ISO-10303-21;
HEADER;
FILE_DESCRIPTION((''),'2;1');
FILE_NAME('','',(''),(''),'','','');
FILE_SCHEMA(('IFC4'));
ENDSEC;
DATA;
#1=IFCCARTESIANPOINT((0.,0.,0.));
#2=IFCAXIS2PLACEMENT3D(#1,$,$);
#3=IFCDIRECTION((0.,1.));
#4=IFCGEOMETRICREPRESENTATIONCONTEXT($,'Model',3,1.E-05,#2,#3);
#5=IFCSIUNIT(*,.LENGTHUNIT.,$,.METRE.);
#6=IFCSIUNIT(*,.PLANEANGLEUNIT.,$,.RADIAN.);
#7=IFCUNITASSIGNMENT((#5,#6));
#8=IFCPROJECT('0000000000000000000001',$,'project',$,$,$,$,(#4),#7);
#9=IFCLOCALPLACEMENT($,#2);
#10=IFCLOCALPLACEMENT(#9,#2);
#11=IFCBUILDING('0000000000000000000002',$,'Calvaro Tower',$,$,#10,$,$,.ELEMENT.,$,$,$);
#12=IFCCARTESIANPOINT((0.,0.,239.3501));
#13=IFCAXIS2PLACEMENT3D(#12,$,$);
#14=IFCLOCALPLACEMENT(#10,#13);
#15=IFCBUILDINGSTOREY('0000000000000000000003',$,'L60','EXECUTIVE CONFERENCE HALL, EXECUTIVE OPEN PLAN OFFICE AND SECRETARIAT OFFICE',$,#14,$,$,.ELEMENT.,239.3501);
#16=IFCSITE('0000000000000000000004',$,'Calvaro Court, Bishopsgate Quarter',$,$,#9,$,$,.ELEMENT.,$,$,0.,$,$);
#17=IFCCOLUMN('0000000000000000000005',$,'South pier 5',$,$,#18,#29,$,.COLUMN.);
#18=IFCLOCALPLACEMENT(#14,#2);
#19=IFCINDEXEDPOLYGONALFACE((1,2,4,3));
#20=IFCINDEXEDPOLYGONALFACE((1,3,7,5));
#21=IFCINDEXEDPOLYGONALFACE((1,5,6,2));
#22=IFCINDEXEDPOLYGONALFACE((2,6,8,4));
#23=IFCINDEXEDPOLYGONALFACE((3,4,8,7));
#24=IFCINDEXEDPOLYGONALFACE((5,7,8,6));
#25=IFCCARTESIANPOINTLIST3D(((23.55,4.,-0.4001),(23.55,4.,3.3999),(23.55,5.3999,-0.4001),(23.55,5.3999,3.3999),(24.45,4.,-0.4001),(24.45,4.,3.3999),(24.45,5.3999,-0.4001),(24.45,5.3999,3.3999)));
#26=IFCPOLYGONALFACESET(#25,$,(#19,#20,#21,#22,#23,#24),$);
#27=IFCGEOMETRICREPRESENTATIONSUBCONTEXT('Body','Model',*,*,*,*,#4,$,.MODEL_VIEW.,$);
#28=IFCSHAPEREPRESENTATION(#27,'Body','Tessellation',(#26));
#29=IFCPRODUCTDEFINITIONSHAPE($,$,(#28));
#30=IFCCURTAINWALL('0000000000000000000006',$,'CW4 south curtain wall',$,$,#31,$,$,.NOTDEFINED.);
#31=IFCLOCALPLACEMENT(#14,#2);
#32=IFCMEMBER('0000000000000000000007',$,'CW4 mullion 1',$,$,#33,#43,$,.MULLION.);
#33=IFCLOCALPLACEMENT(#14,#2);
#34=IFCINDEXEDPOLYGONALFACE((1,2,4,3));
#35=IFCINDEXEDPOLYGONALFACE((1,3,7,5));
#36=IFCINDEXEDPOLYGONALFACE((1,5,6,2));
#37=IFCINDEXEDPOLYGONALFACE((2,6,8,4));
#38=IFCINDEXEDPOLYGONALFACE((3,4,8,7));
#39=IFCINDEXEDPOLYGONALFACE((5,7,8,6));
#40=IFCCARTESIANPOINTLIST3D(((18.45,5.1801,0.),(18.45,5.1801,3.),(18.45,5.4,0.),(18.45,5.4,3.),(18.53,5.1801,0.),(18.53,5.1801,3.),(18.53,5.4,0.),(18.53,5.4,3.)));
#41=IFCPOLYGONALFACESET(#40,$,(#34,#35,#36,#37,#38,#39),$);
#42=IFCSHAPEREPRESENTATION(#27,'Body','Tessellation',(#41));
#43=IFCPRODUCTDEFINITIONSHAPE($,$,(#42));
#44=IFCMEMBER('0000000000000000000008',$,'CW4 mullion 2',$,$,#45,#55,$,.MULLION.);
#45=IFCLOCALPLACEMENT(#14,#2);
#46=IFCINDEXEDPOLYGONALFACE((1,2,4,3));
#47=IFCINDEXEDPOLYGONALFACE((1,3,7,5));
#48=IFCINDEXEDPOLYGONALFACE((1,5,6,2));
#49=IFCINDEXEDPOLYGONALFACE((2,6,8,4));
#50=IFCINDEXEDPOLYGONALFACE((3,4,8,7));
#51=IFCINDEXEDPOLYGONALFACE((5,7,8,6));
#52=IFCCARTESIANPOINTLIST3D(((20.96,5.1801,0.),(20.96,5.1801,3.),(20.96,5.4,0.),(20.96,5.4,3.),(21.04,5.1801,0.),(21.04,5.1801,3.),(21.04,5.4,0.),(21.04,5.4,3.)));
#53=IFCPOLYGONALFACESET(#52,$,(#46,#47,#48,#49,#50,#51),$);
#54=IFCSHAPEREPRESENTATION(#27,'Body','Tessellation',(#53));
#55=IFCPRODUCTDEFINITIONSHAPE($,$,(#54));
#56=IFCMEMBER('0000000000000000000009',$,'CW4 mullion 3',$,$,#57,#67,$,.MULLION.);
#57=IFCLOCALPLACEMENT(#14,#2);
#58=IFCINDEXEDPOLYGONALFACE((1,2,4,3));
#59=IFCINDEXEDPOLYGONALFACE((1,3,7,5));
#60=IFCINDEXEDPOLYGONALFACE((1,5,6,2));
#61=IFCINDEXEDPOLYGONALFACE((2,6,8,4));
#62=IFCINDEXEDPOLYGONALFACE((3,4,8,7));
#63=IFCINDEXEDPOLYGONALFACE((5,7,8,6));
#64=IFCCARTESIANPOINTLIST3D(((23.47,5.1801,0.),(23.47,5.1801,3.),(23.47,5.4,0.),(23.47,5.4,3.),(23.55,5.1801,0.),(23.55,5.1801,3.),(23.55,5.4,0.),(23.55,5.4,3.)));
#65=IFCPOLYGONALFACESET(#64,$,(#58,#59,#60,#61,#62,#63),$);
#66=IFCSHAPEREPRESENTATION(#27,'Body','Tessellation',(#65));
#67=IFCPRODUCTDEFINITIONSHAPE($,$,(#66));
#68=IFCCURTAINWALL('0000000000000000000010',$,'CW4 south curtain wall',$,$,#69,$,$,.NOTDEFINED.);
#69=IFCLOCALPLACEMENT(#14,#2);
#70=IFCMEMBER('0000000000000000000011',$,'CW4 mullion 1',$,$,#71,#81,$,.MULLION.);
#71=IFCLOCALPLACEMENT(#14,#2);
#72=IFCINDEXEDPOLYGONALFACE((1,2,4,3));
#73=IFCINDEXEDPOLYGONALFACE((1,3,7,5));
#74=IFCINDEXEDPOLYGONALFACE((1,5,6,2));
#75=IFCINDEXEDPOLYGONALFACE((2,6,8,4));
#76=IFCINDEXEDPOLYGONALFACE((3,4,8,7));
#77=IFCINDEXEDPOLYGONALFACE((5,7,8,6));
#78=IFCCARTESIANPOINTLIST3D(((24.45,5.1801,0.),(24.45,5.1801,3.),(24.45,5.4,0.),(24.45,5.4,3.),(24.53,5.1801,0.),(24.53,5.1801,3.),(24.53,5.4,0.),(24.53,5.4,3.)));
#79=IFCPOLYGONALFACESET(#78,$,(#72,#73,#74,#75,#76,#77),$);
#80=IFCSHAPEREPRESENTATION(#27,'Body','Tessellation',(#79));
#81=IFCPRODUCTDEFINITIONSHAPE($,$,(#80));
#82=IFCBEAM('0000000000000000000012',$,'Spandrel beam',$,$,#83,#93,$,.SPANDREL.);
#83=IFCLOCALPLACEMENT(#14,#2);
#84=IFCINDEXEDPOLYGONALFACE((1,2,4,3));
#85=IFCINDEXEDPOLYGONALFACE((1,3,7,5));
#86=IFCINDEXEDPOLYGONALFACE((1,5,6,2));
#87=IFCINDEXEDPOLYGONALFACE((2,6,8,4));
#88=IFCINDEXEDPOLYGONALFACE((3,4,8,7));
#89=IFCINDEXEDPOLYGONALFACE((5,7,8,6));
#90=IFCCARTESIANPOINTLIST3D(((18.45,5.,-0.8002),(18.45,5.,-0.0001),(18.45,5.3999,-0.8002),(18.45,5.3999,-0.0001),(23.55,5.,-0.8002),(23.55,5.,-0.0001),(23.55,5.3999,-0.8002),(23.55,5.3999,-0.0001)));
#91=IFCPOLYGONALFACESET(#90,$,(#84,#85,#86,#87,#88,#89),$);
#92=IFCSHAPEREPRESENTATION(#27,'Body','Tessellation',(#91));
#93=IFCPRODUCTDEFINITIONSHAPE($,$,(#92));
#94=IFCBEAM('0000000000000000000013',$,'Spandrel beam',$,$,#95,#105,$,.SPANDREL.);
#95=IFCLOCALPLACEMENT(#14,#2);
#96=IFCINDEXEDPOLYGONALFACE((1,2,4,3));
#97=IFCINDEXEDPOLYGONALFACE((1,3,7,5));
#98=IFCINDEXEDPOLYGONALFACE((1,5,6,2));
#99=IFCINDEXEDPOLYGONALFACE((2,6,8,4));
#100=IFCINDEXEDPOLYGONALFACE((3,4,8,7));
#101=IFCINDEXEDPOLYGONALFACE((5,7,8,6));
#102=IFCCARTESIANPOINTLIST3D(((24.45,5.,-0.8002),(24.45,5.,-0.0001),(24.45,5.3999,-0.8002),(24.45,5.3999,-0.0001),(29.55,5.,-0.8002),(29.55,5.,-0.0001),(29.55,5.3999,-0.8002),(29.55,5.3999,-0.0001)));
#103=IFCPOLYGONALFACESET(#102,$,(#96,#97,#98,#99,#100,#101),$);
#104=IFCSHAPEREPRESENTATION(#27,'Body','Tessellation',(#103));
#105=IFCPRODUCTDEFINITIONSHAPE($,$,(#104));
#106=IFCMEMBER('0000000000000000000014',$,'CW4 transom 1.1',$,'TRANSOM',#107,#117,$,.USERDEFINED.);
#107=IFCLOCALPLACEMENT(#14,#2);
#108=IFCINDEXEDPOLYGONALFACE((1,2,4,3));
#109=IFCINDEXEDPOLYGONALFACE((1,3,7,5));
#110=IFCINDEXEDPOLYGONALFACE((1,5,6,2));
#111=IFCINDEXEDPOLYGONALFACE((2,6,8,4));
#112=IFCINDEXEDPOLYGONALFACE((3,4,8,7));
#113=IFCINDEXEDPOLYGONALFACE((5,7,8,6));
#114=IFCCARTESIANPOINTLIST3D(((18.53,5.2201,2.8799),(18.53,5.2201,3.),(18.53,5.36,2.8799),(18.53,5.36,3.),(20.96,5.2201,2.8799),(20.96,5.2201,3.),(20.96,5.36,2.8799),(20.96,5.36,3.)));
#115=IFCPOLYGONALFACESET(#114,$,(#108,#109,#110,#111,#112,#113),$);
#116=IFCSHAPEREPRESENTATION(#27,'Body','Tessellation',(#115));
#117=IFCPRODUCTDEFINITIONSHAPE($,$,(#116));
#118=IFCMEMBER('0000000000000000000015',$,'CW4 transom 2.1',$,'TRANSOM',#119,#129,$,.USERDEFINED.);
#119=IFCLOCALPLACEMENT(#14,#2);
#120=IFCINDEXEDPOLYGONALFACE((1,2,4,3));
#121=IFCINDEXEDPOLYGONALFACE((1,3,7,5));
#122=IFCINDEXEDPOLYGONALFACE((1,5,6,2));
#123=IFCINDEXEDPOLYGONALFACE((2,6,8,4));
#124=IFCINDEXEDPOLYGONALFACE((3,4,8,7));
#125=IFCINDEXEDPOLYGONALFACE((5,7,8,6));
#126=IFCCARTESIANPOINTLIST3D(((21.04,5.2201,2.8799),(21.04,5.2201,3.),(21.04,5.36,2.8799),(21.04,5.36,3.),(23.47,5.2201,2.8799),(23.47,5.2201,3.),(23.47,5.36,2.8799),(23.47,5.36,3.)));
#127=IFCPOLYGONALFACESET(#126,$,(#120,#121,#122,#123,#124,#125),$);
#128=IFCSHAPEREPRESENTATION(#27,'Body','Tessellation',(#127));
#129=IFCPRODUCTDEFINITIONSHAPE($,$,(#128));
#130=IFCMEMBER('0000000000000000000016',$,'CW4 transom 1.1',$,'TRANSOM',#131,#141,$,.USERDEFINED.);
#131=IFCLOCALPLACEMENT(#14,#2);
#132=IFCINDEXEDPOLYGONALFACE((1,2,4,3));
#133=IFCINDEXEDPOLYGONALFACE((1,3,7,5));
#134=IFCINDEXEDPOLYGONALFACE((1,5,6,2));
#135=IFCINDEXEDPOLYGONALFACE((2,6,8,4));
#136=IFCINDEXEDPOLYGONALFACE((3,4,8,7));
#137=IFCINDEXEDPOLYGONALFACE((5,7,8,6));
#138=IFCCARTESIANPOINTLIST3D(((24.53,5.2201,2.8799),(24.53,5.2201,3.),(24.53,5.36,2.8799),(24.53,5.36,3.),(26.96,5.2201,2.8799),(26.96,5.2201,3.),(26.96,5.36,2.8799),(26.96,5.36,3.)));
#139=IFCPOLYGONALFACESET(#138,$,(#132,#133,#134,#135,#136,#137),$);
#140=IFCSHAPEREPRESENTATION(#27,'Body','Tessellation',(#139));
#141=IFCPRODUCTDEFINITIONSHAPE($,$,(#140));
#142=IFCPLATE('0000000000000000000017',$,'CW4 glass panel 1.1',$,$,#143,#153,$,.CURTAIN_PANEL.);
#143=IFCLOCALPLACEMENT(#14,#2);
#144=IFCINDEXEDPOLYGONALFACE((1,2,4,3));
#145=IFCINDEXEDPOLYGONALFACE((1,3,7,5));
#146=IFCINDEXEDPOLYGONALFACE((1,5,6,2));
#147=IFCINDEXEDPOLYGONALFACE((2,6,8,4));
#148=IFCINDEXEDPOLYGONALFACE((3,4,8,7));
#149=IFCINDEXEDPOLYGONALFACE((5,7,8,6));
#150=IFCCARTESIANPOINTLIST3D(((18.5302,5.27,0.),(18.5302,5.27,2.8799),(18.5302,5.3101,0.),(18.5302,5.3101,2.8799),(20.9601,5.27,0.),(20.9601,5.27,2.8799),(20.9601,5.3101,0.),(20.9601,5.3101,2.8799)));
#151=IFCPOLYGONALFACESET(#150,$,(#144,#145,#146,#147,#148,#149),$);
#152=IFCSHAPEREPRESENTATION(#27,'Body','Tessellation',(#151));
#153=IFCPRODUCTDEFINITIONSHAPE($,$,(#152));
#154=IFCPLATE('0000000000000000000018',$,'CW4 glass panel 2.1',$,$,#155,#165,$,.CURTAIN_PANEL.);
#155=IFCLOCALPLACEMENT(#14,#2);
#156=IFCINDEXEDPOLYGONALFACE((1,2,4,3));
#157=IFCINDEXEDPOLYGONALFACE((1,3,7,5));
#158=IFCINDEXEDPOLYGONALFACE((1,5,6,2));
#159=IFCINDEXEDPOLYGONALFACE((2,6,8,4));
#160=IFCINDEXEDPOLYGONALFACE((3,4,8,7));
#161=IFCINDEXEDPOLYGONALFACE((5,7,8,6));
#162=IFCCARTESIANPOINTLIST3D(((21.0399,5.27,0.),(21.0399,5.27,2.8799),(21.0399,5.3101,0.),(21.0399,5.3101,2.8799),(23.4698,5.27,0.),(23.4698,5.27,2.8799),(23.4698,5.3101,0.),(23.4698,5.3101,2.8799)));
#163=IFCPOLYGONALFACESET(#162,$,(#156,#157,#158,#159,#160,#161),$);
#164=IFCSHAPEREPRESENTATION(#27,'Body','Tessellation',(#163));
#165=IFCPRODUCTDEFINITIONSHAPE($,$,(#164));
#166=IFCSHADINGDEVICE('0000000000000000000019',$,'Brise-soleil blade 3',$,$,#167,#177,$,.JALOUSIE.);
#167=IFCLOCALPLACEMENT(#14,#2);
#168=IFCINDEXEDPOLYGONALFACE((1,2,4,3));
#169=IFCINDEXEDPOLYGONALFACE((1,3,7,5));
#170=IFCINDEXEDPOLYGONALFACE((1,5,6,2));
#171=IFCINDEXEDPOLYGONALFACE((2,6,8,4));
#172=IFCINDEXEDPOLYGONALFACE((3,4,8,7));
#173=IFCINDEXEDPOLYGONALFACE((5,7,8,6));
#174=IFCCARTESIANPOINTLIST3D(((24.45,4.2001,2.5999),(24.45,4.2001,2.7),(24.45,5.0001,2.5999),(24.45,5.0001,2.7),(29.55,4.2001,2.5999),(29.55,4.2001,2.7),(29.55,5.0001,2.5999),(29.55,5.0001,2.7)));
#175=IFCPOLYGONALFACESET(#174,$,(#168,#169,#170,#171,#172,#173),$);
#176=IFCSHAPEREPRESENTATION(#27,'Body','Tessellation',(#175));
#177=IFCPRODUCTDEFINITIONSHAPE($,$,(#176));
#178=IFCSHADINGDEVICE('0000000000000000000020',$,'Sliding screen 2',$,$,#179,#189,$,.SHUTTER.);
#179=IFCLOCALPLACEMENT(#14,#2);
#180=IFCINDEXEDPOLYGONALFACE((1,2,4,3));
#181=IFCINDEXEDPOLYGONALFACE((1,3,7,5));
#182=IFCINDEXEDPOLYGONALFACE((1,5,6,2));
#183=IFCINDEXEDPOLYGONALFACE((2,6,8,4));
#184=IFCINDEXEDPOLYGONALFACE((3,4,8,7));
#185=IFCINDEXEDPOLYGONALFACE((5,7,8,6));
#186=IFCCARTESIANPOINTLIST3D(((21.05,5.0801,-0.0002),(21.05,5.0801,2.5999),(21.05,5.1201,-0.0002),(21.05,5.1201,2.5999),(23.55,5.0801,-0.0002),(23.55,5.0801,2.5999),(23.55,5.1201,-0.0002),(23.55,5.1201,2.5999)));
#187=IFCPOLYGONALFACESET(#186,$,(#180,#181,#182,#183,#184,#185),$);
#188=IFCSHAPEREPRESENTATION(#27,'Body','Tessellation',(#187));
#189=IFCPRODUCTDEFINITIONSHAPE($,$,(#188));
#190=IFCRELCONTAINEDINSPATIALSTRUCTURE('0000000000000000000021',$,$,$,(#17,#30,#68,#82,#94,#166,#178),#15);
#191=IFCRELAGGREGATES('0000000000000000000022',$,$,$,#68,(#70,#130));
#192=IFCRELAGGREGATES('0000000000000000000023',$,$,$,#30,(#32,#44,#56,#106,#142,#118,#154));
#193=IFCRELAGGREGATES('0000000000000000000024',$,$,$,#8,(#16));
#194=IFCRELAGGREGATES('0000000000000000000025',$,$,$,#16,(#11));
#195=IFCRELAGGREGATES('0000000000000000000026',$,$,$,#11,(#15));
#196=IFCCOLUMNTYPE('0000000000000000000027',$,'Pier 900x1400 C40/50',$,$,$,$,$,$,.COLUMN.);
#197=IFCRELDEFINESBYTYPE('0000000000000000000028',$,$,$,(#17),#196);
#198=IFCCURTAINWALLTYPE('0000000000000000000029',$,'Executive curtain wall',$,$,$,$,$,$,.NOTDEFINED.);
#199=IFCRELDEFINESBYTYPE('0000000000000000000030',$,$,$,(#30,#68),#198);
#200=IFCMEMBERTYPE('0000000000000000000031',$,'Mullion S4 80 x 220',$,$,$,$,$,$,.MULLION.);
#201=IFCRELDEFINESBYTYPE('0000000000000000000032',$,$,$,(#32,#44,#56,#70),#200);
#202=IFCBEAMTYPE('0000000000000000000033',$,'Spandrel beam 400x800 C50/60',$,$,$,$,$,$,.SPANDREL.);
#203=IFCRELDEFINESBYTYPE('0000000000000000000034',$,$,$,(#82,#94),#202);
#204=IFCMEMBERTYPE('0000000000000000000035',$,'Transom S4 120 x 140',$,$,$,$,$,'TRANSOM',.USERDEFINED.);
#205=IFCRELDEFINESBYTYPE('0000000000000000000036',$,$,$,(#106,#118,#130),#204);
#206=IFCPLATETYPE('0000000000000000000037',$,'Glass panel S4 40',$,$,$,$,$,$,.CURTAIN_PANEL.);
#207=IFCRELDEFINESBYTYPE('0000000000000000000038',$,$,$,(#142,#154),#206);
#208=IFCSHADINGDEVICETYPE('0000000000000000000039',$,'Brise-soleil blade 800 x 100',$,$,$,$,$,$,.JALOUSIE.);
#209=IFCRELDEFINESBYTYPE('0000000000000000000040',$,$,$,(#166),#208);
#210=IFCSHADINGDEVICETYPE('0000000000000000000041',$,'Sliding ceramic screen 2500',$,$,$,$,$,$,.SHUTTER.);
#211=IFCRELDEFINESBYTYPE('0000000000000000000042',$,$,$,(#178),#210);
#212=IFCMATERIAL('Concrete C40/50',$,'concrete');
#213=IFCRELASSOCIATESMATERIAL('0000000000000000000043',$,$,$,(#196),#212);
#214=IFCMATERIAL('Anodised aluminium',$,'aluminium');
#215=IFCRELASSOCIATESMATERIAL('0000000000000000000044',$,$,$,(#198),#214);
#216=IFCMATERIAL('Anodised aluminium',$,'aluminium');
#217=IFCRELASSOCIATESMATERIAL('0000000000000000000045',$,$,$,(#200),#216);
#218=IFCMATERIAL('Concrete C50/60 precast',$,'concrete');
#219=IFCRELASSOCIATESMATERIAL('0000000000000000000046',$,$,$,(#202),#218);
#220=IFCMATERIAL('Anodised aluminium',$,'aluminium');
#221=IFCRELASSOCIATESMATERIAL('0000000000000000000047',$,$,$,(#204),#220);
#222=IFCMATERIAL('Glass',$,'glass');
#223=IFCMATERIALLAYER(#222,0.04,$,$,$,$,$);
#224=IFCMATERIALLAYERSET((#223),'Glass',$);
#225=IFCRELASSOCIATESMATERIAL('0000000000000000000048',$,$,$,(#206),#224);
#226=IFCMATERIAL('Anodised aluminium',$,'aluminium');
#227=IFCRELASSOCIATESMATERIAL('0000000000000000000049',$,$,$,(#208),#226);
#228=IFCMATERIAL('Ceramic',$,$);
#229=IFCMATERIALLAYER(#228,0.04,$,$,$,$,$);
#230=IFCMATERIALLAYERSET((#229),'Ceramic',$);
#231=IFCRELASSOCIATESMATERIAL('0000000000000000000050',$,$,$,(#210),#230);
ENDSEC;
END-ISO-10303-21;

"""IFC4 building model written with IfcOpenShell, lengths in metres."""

from ifc_helpers import new_model, si_unit, direction, frame, origin, origin_2d, place, context, subcontext, project, spatial, rectangle, extrude, material, layer, layer_set, material_profile, profile_set, type_object, element, aggregate, save


model = new_model("IFC4")

# Units and contexts
model_context = context("Model", 3, precision=1e-05, world=origin(), true_north=direction((0.0, 1.0)))
body_context = subcontext(model_context, "Body", "Model", "MODEL_VIEW")
ifc_project = project(units=[si_unit("LENGTHUNIT", "METRE"), si_unit("PLANEANGLEUNIT", "RADIAN")], contexts=[model_context])

# Site, building, storey
site_placement = place(None, origin())
site = spatial("IfcSite", under=ifc_project, at=site_placement, Name="Calvaro Court, Bishopsgate Quarter", CompositionType="ELEMENT", RefElevation=0.0)
building_placement = place(site_placement, origin())
building = spatial("IfcBuilding", under=site, at=building_placement, Name="Calvaro Tower", CompositionType="ELEMENT")
storey_placement = place(building_placement, frame((0.0, 0.0, 239.3501)))
storey = spatial("IfcBuildingStorey", under=building, at=storey_placement, Name="L60", Description="EXECUTIVE CONFERENCE HALL, EXECUTIVE OPEN PLAN OFFICE AND SECRETARIAT OFFICE", CompositionType="ELEMENT", Elevation=239.3501)

# Column
ifc_material_1 = material(Name="Concrete C40/50", Category="concrete")
ifc_material_profile_1 = material_profile(ifc_material_1, rectangle(XDim=0.8999, YDim=1.3999, at=origin_2d()), Name="RC 900x1400")
ifc_profile_set_1 = profile_set([ifc_material_profile_1], Name="Concrete C40/50")
column_type = type_object("IfcColumnType", Name="Pier 900x1400 C40/50", PredefinedType="COLUMN", material=ifc_profile_set_1)
column_placement = place(storey_placement, frame((24.0, 4.7, -0.4001), z_axis=(0.0, 0.0, 1.0), x_axis=(1.0, 0.0, 0.0)))
element("IfcColumn", 1, at=column_placement, inside=storey, type_object=column_type, Name="South pier 5", PredefinedType="COLUMN", context=body_context, shape_type="SweptSolid", body=[
    extrude(rectangle(XDim=0.8999, YDim=1.3999, at=origin_2d()), origin(), (0.0, 0.0, 1.0), 3.8),
])

# Curtain wall, members
ifc_material_2 = material(Name="Anodised aluminium", Category="aluminium")
curtain_wall_type = type_object("IfcCurtainWallType", Name="Executive curtain wall", PredefinedType="NOTDEFINED", material=ifc_material_2)
curtain_wall_1_placement = place(storey_placement, origin())
curtain_wall_1 = element("IfcCurtainWall", 2, at=curtain_wall_1_placement, inside=storey, type_object=curtain_wall_type, Name="CW4 south curtain wall", PredefinedType="NOTDEFINED")
ifc_material_3 = material(Name="Anodised aluminium", Category="aluminium")
ifc_material_profile_2 = material_profile(ifc_material_3, rectangle(XDim=0.22, YDim=0.0801, at=origin_2d()), Name="Mullion S4 80 x 220")
ifc_profile_set_2 = profile_set([ifc_material_profile_2], Name="Anodised aluminium")
member_type_1 = type_object("IfcMemberType", Name="Mullion S4 80 x 220", PredefinedType="MULLION", material=ifc_profile_set_2)
member_1_placement = place(storey_placement, frame((18.49, 5.29, 0.0), z_axis=(0.0, 0.0, 1.0), x_axis=(0.0, 1.0, 0.0)))
member_1 = element("IfcMember", 3, at=member_1_placement, type_object=member_type_1, Name="CW4 mullion 1", PredefinedType="MULLION", context=body_context, shape_type="SweptSolid", body=[
    extrude(rectangle(XDim=0.22, YDim=0.0801, at=origin_2d()), origin(), (0.0, 0.0, 1.0), 3.0),
])
member_2_placement = place(storey_placement, frame((21.0, 5.29, 0.0), z_axis=(0.0, 0.0, 1.0), x_axis=(0.0, 1.0, 0.0)))
member_2 = element("IfcMember", 4, at=member_2_placement, type_object=member_type_1, Name="CW4 mullion 2", PredefinedType="MULLION", context=body_context, shape_type="SweptSolid", body=[
    extrude(rectangle(XDim=0.22, YDim=0.0801, at=origin_2d()), origin(), (0.0, 0.0, 1.0), 3.0),
])
member_3_placement = place(storey_placement, frame((23.51, 5.29, 0.0), z_axis=(0.0, 0.0, 1.0), x_axis=(0.0, 1.0, 0.0)))
member_3 = element("IfcMember", 5, at=member_3_placement, type_object=member_type_1, Name="CW4 mullion 3", PredefinedType="MULLION", context=body_context, shape_type="SweptSolid", body=[
    extrude(rectangle(XDim=0.22, YDim=0.0801, at=origin_2d()), origin(), (0.0, 0.0, 1.0), 3.0),
])

# Curtain wall, member
curtain_wall_2_placement = place(storey_placement, origin())
curtain_wall_2 = element("IfcCurtainWall", 6, at=curtain_wall_2_placement, inside=storey, type_object=curtain_wall_type, Name="CW4 south curtain wall", PredefinedType="NOTDEFINED")
member_4_placement = place(storey_placement, frame((24.49, 5.29, 0.0), z_axis=(0.0, 0.0, 1.0), x_axis=(0.0, 1.0, 0.0)))
member_4 = element("IfcMember", 7, at=member_4_placement, type_object=member_type_1, Name="CW4 mullion 1", PredefinedType="MULLION", context=body_context, shape_type="SweptSolid", body=[
    extrude(rectangle(XDim=0.22, YDim=0.0801, at=origin_2d()), origin(), (0.0, 0.0, 1.0), 3.0),
])

# Beams
ifc_material_4 = material(Name="Concrete C50/60 precast", Category="concrete")
ifc_material_profile_3 = material_profile(ifc_material_4, rectangle(XDim=0.3999, YDim=0.8, at=origin_2d()), Name="RC 400x800")
ifc_profile_set_3 = profile_set([ifc_material_profile_3], Name="Concrete C50/60 precast")
beam_type = type_object("IfcBeamType", Name="Spandrel beam 400x800 C50/60", PredefinedType="SPANDREL", material=ifc_profile_set_3)
for number, where, z_axis, x_axis, name in (
    (8, (18.45, 5.2, -0.4001), (1.0, 0.0, 0.0), (0.0, 1.0, 0.0), "Spandrel beam"),
    (9, (24.45, 5.2, -0.4001), (1.0, 0.0, 0.0), (0.0, 1.0, 0.0), "Spandrel beam"),
):
    element("IfcBeam", number, at=place(storey_placement, frame(where, z_axis=z_axis, x_axis=x_axis)), inside=storey, type_object=beam_type, Name=name, PredefinedType="SPANDREL", context=body_context, shape_type="SweptSolid", body=[
        extrude(rectangle(XDim=0.3999, YDim=0.8, at=origin_2d()), origin(), (0.0, 0.0, 1.0), 5.1001),
    ])

# Members
ifc_material_5 = material(Name="Anodised aluminium", Category="aluminium")
ifc_material_profile_4 = material_profile(ifc_material_5, rectangle(XDim=0.1399, YDim=0.1201, at=origin_2d()), Name="Transom S4 120 x 140")
ifc_profile_set_4 = profile_set([ifc_material_profile_4], Name="Anodised aluminium")
member_type_2 = type_object("IfcMemberType", Name="Transom S4 120 x 140", ElementType="TRANSOM", PredefinedType="USERDEFINED", material=ifc_profile_set_4)
member_5_placement = place(storey_placement, frame((18.53, 5.29, 2.9399), z_axis=(1.0, 0.0, 0.0), x_axis=(0.0, 1.0, 0.0)))
member_5 = element("IfcMember", 10, at=member_5_placement, type_object=member_type_2, Name="CW4 transom 1.1", ObjectType="TRANSOM", PredefinedType="USERDEFINED", context=body_context, shape_type="SweptSolid", body=[
    extrude(rectangle(XDim=0.1399, YDim=0.1201, at=origin_2d()), origin(), (0.0, 0.0, 1.0), 2.4299),
])
member_6_placement = place(storey_placement, frame((21.04, 5.29, 2.9399), z_axis=(1.0, 0.0, 0.0), x_axis=(0.0, 1.0, 0.0)))
member_6 = element("IfcMember", 11, at=member_6_placement, type_object=member_type_2, Name="CW4 transom 2.1", ObjectType="TRANSOM", PredefinedType="USERDEFINED", context=body_context, shape_type="SweptSolid", body=[
    extrude(rectangle(XDim=0.1399, YDim=0.1201, at=origin_2d()), origin(), (0.0, 0.0, 1.0), 2.4299),
])
member_7_placement = place(storey_placement, frame((24.53, 5.29, 2.9399), z_axis=(1.0, 0.0, 0.0), x_axis=(0.0, 1.0, 0.0)))
member_7 = element("IfcMember", 12, at=member_7_placement, type_object=member_type_2, Name="CW4 transom 1.1", ObjectType="TRANSOM", PredefinedType="USERDEFINED", context=body_context, shape_type="SweptSolid", body=[
    extrude(rectangle(XDim=0.1399, YDim=0.1201, at=origin_2d()), origin(), (0.0, 0.0, 1.0), 2.4299),
])
aggregate(curtain_wall_2, [member_4, member_7])

# Plates
ifc_material_6 = material(Name="Glass", Category="glass")
ifc_layer_1 = layer(ifc_material_6, 0.04)
ifc_layer_set_1 = layer_set([ifc_layer_1], Name="Glass")
plate_type = type_object("IfcPlateType", Name="Glass panel S4 40", PredefinedType="CURTAIN_PANEL", material=ifc_layer_set_1)
plate_1_placement = place(storey_placement, frame((19.7451, 5.29, 0.0), z_axis=(0.0, 0.0, 1.0), x_axis=(1.0, 0.0, 0.0)))
plate_1 = element("IfcPlate", 13, at=plate_1_placement, type_object=plate_type, Name="CW4 glass panel 1.1", PredefinedType="CURTAIN_PANEL", context=body_context, shape_type="SweptSolid", body=[
    extrude(rectangle(XDim=2.4299, YDim=0.04, at=origin_2d()), origin(), (0.0, 0.0, 1.0), 2.8799),
])
plate_2_placement = place(storey_placement, frame((22.2549, 5.29, 0.0), z_axis=(0.0, 0.0, 1.0), x_axis=(1.0, 0.0, 0.0)))
plate_2 = element("IfcPlate", 14, at=plate_2_placement, type_object=plate_type, Name="CW4 glass panel 2.1", PredefinedType="CURTAIN_PANEL", context=body_context, shape_type="SweptSolid", body=[
    extrude(rectangle(XDim=2.4299, YDim=0.04, at=origin_2d()), origin(), (0.0, 0.0, 1.0), 2.8799),
])
aggregate(curtain_wall_1, [member_1, member_2, member_3, member_5, plate_1, member_6, plate_2])

# Shading devices
ifc_material_7 = material(Name="Anodised aluminium", Category="aluminium")
ifc_material_profile_5 = material_profile(ifc_material_7, rectangle(XDim=0.8, YDim=0.1001, at=origin_2d()), Name="Brise-soleil blade 800 x 100")
ifc_profile_set_5 = profile_set([ifc_material_profile_5], Name="Anodised aluminium")
shading_device_type_1 = type_object("IfcShadingDeviceType", Name="Brise-soleil blade 800 x 100", PredefinedType="JALOUSIE", material=ifc_profile_set_5)
shading_device_1_placement = place(storey_placement, frame((24.45, 4.6001, 2.6499), z_axis=(1.0, 0.0, 0.0), x_axis=(0.0, 1.0, 0.0)))
element("IfcShadingDevice", 15, at=shading_device_1_placement, inside=storey, type_object=shading_device_type_1, Name="Brise-soleil blade 3", PredefinedType="JALOUSIE", context=body_context, shape_type="SweptSolid", body=[
    extrude(rectangle(XDim=0.8, YDim=0.1001, at=origin_2d()), origin(), (0.0, 0.0, 1.0), 5.1001),
])
ifc_material_8 = material(Name="Ceramic")
ifc_layer_2 = layer(ifc_material_8, 0.04)
ifc_layer_set_2 = layer_set([ifc_layer_2], Name="Ceramic")
shading_device_type_2 = type_object("IfcShadingDeviceType", Name="Sliding ceramic screen 2500", PredefinedType="SHUTTER", material=ifc_layer_set_2)
shading_device_2_placement = place(storey_placement, frame((22.3, 5.1001, -0.0002), z_axis=(0.0, 0.0, 1.0), x_axis=(1.0, 0.0, 0.0)))
element("IfcShadingDevice", 16, at=shading_device_2_placement, inside=storey, type_object=shading_device_type_2, Name="Sliding screen 2", PredefinedType="SHUTTER", context=body_context, shape_type="SweptSolid", body=[
    extrude(rectangle(XDim=2.5, YDim=0.04, at=origin_2d()), origin(), (0.0, 0.0, 1.0), 2.6001),
])

save(model, "model.ifc")
